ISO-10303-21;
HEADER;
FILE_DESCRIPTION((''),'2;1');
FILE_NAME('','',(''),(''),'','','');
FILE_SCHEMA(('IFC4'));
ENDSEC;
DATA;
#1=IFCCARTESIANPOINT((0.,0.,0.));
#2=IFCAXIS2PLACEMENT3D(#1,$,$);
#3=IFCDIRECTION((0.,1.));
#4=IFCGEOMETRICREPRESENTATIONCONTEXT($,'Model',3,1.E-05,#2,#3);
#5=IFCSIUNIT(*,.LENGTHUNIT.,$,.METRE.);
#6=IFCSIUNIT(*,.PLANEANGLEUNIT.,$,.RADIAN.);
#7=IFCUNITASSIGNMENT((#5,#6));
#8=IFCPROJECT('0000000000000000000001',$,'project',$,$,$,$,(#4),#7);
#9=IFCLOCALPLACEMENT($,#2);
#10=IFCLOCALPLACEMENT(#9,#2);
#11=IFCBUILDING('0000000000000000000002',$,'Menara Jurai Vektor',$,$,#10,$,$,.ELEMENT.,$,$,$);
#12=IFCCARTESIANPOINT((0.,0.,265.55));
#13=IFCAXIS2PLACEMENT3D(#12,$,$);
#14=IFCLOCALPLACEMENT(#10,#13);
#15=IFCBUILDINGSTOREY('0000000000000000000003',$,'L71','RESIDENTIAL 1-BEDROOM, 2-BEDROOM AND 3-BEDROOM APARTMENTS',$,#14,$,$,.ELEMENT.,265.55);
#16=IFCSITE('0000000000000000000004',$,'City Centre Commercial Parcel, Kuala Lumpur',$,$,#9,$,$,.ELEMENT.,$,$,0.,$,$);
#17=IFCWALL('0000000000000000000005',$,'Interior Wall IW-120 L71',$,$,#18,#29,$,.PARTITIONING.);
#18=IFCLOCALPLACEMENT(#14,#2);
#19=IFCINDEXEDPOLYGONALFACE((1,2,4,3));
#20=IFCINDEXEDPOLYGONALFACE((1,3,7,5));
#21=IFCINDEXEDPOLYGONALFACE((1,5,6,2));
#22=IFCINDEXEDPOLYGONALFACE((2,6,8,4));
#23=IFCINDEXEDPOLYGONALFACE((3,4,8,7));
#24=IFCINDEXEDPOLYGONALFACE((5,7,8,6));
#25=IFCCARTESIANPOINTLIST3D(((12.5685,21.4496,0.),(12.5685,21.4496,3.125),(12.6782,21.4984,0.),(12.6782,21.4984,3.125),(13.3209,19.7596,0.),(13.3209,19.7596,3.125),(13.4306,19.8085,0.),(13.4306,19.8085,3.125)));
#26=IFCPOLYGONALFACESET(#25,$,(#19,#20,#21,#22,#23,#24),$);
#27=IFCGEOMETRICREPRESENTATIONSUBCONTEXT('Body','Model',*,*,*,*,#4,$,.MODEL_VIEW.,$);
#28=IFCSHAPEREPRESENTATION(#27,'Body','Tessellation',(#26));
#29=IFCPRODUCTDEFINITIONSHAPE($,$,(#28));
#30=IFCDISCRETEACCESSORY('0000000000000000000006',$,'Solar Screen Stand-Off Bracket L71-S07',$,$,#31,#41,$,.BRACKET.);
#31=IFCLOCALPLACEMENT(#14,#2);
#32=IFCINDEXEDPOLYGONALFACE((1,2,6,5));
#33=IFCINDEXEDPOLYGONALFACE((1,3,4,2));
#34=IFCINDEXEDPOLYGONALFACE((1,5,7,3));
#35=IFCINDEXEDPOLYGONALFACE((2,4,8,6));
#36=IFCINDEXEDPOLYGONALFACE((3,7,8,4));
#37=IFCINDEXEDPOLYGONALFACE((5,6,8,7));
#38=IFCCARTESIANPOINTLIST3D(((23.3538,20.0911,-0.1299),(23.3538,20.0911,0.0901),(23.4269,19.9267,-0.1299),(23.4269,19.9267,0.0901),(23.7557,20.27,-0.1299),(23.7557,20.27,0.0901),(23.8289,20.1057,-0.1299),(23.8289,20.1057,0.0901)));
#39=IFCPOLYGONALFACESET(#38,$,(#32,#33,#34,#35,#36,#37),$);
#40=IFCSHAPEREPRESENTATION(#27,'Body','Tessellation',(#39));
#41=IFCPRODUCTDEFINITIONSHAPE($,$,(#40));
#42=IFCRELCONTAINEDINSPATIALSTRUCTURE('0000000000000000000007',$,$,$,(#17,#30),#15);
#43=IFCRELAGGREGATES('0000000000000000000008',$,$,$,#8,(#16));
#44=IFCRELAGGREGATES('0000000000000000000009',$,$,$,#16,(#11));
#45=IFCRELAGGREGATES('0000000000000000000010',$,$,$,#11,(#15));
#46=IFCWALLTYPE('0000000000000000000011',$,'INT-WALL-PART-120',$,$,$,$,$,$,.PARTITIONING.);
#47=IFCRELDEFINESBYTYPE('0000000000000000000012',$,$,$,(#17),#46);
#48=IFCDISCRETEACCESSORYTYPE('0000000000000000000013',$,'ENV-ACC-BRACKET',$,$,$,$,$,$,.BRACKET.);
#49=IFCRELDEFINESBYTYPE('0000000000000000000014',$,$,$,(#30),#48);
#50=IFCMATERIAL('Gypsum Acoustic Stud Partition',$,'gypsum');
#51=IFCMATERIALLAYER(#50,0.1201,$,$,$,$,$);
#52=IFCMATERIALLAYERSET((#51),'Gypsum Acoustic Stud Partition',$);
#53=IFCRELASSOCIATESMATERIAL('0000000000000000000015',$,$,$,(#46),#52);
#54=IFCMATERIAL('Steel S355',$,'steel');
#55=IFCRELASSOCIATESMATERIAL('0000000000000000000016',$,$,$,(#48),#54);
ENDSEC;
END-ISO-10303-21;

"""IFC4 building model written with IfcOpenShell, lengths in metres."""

from ifc_helpers import new_model, si_unit, direction, frame, frame_2d, origin, origin_2d, place, context, subcontext, project, spatial, rectangle, extrude, material, layer, layer_set, type_object, element, save


model = new_model("IFC4")

# Units and contexts
model_context = context("Model", 3, precision=1e-05, world=origin(), true_north=direction((0.0, 1.0)))
body_context = subcontext(model_context, "Body", "Model", "MODEL_VIEW")
ifc_project = project(units=[si_unit("LENGTHUNIT", "METRE"), si_unit("PLANEANGLEUNIT", "RADIAN")], contexts=[model_context])

# Site, building, storey
site_placement = place(None, origin())
site = spatial("IfcSite", under=ifc_project, at=site_placement, Name="City Centre Commercial Parcel, Kuala Lumpur", CompositionType="ELEMENT", RefElevation=0.0)
building_placement = place(site_placement, origin())
building = spatial("IfcBuilding", under=site, at=building_placement, Name="Menara Jurai Vektor", CompositionType="ELEMENT")
storey_placement = place(building_placement, frame((0.0, 0.0, 265.55)))
storey = spatial("IfcBuildingStorey", under=building, at=storey_placement, Name="L71", Description="RESIDENTIAL 1-BEDROOM, 2-BEDROOM AND 3-BEDROOM APARTMENTS", CompositionType="ELEMENT", Elevation=265.55)

# Shared definitions
ifc_material_1 = material(Name="Steel S355", Category="steel")

# Wall
ifc_material_2 = material(Name="Gypsum Acoustic Stud Partition", Category="gypsum")
ifc_layer_1 = layer(ifc_material_2, 0.1201)
ifc_layer_set_1 = layer_set([ifc_layer_1], Name="Gypsum Acoustic Stud Partition")
wall_type_1 = type_object("IfcWallType", Name="INT-WALL-PART-120", PredefinedType="PARTITIONING", material=ifc_layer_set_1)
wall_1_placement = place(storey_placement, frame((13.3757, 19.7842, 0.0), z_axis=(0.0, 0.0, 1.0), x_axis=(-0.406751, 0.913539, 0.0)))
element("IfcWall", 1, at=wall_1_placement, inside=storey, type_object=wall_type_1, Name="Interior Wall IW-120 L71", PredefinedType="PARTITIONING", context=body_context, shape_type="SweptSolid", body=[
    extrude(rectangle(XDim=1.8499, YDim=0.1201, at=frame_2d((0.9248, 0.0))), origin(), (0.0, 0.0, 1.0), 3.125),
])

# Discrete accessory
discrete_accessory_type = type_object("IfcDiscreteAccessoryType", Name="ENV-ACC-BRACKET", PredefinedType="BRACKET", material=ifc_material_1)
discrete_accessory_placement = place(storey_placement, frame((23.5913, 20.0984, -0.1299), z_axis=(0.0, 0.0, 1.0), x_axis=(-0.406737, 0.913545, 0.0)))
element("IfcDiscreteAccessory", 2, at=discrete_accessory_placement, inside=storey, type_object=discrete_accessory_type, Name="Solar Screen Stand-Off Bracket L71-S07", PredefinedType="BRACKET", context=body_context, shape_type="SweptSolid", body=[
    extrude(rectangle(XDim=0.1799, YDim=0.4399, at=origin_2d()), origin(), (0.0, 0.0, 1.0), 0.22),
])

save(model, "model.ifc")
